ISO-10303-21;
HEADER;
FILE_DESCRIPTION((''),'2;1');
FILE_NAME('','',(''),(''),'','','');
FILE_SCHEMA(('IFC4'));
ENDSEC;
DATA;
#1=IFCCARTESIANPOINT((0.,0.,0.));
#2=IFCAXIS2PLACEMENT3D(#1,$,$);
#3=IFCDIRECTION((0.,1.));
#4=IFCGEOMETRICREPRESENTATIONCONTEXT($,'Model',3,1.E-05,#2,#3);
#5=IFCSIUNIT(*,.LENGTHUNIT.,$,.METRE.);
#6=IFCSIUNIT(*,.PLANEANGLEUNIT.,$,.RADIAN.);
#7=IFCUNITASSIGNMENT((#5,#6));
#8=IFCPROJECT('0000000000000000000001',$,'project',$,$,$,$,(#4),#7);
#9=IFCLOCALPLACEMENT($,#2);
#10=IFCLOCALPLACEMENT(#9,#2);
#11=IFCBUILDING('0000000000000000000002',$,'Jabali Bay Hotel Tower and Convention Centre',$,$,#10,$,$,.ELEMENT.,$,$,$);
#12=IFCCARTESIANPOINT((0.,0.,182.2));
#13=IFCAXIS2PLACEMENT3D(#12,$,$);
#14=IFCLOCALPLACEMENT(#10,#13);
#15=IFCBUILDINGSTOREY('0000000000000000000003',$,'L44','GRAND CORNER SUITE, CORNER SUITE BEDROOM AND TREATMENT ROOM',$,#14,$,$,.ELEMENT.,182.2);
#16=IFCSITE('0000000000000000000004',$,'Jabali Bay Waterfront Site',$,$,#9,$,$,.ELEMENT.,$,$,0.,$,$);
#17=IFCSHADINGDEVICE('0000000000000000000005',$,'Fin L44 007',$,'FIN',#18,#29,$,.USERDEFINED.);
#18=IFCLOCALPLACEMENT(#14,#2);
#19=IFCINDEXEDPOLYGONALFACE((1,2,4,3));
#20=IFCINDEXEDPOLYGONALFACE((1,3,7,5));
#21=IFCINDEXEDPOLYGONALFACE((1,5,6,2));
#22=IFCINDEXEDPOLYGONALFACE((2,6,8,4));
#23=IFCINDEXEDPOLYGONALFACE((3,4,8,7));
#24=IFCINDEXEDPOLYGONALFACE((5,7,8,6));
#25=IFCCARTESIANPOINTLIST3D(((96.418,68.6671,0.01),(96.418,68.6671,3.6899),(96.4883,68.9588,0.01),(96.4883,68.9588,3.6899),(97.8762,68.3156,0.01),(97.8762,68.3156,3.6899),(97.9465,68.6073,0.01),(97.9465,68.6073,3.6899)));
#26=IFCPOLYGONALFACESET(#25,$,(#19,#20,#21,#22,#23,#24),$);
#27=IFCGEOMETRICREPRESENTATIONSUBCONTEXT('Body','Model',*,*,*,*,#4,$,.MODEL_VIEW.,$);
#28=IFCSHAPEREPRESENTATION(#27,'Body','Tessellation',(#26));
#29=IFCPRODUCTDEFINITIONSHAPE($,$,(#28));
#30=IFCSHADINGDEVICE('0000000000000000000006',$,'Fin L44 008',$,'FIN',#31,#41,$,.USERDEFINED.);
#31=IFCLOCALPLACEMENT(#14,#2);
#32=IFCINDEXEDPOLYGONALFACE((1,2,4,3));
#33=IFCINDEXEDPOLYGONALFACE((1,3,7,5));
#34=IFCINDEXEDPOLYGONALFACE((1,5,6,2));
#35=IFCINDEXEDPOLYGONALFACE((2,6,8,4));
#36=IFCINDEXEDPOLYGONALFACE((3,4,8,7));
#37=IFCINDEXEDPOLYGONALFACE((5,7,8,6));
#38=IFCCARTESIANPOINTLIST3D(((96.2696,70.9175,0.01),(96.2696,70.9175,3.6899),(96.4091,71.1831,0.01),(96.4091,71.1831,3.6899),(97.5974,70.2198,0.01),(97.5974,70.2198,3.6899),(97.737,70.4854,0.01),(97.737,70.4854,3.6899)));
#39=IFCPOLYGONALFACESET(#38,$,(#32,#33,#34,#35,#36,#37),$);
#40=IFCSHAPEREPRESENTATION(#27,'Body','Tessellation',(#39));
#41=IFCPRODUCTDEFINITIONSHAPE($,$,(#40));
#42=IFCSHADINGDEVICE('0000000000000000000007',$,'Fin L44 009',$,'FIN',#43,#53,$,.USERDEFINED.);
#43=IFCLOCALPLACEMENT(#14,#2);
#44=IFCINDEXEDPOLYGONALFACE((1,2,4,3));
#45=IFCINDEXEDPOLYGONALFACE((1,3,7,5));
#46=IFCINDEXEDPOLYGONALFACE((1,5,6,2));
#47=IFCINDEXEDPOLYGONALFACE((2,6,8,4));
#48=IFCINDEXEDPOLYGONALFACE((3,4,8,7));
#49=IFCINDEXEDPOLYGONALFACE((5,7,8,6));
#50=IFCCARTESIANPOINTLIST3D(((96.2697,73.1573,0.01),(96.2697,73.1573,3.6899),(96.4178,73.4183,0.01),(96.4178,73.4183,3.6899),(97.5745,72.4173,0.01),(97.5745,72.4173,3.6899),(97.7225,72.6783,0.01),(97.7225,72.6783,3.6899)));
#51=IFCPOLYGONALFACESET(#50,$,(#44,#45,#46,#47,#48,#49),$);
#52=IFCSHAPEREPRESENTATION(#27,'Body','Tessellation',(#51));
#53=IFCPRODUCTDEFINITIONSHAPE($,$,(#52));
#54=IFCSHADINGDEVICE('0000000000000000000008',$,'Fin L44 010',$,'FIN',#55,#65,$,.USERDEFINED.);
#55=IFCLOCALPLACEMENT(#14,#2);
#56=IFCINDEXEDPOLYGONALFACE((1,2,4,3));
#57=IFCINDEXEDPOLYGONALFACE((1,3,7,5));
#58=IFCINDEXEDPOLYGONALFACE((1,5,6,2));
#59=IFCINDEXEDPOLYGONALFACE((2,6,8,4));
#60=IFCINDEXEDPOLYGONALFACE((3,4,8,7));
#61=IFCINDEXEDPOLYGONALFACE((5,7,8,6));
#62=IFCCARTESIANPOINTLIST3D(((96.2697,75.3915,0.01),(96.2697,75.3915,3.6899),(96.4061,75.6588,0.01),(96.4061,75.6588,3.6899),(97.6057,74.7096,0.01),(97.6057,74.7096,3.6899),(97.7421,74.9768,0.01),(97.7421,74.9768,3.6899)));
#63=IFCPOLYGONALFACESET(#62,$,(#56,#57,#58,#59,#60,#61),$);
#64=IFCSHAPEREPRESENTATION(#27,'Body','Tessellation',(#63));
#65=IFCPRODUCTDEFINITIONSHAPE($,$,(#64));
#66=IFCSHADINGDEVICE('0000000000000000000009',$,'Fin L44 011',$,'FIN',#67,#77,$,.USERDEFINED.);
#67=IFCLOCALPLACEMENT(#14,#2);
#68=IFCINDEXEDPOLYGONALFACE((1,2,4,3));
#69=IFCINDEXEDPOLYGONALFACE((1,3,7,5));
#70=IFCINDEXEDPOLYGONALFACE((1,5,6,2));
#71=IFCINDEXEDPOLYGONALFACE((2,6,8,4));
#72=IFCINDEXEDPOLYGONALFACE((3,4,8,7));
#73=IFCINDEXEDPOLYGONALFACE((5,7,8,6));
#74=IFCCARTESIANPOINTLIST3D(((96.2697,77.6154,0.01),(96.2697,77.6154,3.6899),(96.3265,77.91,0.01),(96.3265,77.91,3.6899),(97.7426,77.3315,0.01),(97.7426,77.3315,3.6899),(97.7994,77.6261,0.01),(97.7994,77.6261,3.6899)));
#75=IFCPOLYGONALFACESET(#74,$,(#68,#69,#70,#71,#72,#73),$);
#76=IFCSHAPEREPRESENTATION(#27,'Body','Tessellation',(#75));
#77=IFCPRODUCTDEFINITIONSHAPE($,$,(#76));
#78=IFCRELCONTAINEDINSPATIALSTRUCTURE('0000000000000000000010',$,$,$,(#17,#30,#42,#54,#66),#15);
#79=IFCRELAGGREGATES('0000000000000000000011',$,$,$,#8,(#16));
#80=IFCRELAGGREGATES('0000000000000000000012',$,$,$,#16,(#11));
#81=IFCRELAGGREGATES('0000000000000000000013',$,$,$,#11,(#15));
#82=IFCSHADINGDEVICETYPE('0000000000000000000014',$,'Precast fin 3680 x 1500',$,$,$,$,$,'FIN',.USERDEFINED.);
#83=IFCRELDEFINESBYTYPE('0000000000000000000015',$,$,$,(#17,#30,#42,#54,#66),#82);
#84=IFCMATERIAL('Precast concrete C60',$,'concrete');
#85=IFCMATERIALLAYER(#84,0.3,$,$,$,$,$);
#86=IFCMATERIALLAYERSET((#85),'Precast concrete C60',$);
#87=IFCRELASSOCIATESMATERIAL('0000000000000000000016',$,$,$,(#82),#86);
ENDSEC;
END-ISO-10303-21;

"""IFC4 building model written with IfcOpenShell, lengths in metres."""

from ifc_helpers import new_model, si_unit, direction, frame, frame_2d, origin, place, context, subcontext, project, spatial, rectangle, extrude, material, layer, layer_set, type_object, element, save


model = new_model("IFC4")

# Units and contexts
model_context = context("Model", 3, precision=1e-05, world=origin(), true_north=direction((0.0, 1.0)))
body_context = subcontext(model_context, "Body", "Model", "MODEL_VIEW")
ifc_project = project(units=[si_unit("LENGTHUNIT", "METRE"), si_unit("PLANEANGLEUNIT", "RADIAN")], contexts=[model_context])

# Site, building, storey
site_placement = place(None, origin())
site = spatial("IfcSite", under=ifc_project, at=site_placement, Name="Jabali Bay Waterfront Site", CompositionType="ELEMENT", RefElevation=0.0)
building_placement = place(site_placement, origin())
building = spatial("IfcBuilding", under=site, at=building_placement, Name="Jabali Bay Hotel Tower and Convention Centre", CompositionType="ELEMENT")
storey_placement = place(building_placement, frame((0.0, 0.0, 182.2)))
storey = spatial("IfcBuildingStorey", under=building, at=storey_placement, Name="L44", Description="GRAND CORNER SUITE, CORNER SUITE BEDROOM AND TREATMENT ROOM", CompositionType="ELEMENT", Elevation=182.2)

# Shading devices
ifc_material_1 = material(Name="Precast concrete C60", Category="concrete")
ifc_layer_1 = layer(ifc_material_1, 0.3)
ifc_layer_set_1 = layer_set([ifc_layer_1], Name="Precast concrete C60")
shading_device_type = type_object("IfcShadingDeviceType", Name="Precast fin 3680 x 1500", ElementType="FIN", PredefinedType="USERDEFINED", material=ifc_layer_set_1)
for number, where, z_axis, x_axis, name in (
    (1, (96.4531, 68.813, 0.01), (0.0, 0.0, 1.0), (0.972147, -0.23437, 0.0), "Fin L44 007"),
    (2, (96.3394, 71.0503, 0.01), (0.0, 0.0, 1.0), (0.885229, -0.465156, 0.0), "Fin L44 008"),
    (3, (96.3438, 73.2878, 0.01), (0.0, 0.0, 1.0), (0.869831, -0.493349, 0.0), "Fin L44 009"),
    (4, (96.3379, 75.5251, 0.01), (0.0, 0.0, 1.0), (0.890685, -0.454621, 0.0), "Fin L44 010"),
    (5, (96.2981, 77.7627, 0.01), (0.0, 0.0, 1.0), (0.981922, -0.189288, 0.0), "Fin L44 011"),
):
    element("IfcShadingDevice", number, at=place(storey_placement, frame(where, z_axis=z_axis, x_axis=x_axis)), inside=storey, type_object=shading_device_type, Name=name, ObjectType="FIN", PredefinedType="USERDEFINED", context=body_context, shape_type="SweptSolid", body=[
        extrude(rectangle(XDim=1.5, YDim=0.3, at=frame_2d((0.75, 0.0))), origin(), (0.0, 0.0, 1.0), 3.6799),
    ])

save(model, "model.ifc")
